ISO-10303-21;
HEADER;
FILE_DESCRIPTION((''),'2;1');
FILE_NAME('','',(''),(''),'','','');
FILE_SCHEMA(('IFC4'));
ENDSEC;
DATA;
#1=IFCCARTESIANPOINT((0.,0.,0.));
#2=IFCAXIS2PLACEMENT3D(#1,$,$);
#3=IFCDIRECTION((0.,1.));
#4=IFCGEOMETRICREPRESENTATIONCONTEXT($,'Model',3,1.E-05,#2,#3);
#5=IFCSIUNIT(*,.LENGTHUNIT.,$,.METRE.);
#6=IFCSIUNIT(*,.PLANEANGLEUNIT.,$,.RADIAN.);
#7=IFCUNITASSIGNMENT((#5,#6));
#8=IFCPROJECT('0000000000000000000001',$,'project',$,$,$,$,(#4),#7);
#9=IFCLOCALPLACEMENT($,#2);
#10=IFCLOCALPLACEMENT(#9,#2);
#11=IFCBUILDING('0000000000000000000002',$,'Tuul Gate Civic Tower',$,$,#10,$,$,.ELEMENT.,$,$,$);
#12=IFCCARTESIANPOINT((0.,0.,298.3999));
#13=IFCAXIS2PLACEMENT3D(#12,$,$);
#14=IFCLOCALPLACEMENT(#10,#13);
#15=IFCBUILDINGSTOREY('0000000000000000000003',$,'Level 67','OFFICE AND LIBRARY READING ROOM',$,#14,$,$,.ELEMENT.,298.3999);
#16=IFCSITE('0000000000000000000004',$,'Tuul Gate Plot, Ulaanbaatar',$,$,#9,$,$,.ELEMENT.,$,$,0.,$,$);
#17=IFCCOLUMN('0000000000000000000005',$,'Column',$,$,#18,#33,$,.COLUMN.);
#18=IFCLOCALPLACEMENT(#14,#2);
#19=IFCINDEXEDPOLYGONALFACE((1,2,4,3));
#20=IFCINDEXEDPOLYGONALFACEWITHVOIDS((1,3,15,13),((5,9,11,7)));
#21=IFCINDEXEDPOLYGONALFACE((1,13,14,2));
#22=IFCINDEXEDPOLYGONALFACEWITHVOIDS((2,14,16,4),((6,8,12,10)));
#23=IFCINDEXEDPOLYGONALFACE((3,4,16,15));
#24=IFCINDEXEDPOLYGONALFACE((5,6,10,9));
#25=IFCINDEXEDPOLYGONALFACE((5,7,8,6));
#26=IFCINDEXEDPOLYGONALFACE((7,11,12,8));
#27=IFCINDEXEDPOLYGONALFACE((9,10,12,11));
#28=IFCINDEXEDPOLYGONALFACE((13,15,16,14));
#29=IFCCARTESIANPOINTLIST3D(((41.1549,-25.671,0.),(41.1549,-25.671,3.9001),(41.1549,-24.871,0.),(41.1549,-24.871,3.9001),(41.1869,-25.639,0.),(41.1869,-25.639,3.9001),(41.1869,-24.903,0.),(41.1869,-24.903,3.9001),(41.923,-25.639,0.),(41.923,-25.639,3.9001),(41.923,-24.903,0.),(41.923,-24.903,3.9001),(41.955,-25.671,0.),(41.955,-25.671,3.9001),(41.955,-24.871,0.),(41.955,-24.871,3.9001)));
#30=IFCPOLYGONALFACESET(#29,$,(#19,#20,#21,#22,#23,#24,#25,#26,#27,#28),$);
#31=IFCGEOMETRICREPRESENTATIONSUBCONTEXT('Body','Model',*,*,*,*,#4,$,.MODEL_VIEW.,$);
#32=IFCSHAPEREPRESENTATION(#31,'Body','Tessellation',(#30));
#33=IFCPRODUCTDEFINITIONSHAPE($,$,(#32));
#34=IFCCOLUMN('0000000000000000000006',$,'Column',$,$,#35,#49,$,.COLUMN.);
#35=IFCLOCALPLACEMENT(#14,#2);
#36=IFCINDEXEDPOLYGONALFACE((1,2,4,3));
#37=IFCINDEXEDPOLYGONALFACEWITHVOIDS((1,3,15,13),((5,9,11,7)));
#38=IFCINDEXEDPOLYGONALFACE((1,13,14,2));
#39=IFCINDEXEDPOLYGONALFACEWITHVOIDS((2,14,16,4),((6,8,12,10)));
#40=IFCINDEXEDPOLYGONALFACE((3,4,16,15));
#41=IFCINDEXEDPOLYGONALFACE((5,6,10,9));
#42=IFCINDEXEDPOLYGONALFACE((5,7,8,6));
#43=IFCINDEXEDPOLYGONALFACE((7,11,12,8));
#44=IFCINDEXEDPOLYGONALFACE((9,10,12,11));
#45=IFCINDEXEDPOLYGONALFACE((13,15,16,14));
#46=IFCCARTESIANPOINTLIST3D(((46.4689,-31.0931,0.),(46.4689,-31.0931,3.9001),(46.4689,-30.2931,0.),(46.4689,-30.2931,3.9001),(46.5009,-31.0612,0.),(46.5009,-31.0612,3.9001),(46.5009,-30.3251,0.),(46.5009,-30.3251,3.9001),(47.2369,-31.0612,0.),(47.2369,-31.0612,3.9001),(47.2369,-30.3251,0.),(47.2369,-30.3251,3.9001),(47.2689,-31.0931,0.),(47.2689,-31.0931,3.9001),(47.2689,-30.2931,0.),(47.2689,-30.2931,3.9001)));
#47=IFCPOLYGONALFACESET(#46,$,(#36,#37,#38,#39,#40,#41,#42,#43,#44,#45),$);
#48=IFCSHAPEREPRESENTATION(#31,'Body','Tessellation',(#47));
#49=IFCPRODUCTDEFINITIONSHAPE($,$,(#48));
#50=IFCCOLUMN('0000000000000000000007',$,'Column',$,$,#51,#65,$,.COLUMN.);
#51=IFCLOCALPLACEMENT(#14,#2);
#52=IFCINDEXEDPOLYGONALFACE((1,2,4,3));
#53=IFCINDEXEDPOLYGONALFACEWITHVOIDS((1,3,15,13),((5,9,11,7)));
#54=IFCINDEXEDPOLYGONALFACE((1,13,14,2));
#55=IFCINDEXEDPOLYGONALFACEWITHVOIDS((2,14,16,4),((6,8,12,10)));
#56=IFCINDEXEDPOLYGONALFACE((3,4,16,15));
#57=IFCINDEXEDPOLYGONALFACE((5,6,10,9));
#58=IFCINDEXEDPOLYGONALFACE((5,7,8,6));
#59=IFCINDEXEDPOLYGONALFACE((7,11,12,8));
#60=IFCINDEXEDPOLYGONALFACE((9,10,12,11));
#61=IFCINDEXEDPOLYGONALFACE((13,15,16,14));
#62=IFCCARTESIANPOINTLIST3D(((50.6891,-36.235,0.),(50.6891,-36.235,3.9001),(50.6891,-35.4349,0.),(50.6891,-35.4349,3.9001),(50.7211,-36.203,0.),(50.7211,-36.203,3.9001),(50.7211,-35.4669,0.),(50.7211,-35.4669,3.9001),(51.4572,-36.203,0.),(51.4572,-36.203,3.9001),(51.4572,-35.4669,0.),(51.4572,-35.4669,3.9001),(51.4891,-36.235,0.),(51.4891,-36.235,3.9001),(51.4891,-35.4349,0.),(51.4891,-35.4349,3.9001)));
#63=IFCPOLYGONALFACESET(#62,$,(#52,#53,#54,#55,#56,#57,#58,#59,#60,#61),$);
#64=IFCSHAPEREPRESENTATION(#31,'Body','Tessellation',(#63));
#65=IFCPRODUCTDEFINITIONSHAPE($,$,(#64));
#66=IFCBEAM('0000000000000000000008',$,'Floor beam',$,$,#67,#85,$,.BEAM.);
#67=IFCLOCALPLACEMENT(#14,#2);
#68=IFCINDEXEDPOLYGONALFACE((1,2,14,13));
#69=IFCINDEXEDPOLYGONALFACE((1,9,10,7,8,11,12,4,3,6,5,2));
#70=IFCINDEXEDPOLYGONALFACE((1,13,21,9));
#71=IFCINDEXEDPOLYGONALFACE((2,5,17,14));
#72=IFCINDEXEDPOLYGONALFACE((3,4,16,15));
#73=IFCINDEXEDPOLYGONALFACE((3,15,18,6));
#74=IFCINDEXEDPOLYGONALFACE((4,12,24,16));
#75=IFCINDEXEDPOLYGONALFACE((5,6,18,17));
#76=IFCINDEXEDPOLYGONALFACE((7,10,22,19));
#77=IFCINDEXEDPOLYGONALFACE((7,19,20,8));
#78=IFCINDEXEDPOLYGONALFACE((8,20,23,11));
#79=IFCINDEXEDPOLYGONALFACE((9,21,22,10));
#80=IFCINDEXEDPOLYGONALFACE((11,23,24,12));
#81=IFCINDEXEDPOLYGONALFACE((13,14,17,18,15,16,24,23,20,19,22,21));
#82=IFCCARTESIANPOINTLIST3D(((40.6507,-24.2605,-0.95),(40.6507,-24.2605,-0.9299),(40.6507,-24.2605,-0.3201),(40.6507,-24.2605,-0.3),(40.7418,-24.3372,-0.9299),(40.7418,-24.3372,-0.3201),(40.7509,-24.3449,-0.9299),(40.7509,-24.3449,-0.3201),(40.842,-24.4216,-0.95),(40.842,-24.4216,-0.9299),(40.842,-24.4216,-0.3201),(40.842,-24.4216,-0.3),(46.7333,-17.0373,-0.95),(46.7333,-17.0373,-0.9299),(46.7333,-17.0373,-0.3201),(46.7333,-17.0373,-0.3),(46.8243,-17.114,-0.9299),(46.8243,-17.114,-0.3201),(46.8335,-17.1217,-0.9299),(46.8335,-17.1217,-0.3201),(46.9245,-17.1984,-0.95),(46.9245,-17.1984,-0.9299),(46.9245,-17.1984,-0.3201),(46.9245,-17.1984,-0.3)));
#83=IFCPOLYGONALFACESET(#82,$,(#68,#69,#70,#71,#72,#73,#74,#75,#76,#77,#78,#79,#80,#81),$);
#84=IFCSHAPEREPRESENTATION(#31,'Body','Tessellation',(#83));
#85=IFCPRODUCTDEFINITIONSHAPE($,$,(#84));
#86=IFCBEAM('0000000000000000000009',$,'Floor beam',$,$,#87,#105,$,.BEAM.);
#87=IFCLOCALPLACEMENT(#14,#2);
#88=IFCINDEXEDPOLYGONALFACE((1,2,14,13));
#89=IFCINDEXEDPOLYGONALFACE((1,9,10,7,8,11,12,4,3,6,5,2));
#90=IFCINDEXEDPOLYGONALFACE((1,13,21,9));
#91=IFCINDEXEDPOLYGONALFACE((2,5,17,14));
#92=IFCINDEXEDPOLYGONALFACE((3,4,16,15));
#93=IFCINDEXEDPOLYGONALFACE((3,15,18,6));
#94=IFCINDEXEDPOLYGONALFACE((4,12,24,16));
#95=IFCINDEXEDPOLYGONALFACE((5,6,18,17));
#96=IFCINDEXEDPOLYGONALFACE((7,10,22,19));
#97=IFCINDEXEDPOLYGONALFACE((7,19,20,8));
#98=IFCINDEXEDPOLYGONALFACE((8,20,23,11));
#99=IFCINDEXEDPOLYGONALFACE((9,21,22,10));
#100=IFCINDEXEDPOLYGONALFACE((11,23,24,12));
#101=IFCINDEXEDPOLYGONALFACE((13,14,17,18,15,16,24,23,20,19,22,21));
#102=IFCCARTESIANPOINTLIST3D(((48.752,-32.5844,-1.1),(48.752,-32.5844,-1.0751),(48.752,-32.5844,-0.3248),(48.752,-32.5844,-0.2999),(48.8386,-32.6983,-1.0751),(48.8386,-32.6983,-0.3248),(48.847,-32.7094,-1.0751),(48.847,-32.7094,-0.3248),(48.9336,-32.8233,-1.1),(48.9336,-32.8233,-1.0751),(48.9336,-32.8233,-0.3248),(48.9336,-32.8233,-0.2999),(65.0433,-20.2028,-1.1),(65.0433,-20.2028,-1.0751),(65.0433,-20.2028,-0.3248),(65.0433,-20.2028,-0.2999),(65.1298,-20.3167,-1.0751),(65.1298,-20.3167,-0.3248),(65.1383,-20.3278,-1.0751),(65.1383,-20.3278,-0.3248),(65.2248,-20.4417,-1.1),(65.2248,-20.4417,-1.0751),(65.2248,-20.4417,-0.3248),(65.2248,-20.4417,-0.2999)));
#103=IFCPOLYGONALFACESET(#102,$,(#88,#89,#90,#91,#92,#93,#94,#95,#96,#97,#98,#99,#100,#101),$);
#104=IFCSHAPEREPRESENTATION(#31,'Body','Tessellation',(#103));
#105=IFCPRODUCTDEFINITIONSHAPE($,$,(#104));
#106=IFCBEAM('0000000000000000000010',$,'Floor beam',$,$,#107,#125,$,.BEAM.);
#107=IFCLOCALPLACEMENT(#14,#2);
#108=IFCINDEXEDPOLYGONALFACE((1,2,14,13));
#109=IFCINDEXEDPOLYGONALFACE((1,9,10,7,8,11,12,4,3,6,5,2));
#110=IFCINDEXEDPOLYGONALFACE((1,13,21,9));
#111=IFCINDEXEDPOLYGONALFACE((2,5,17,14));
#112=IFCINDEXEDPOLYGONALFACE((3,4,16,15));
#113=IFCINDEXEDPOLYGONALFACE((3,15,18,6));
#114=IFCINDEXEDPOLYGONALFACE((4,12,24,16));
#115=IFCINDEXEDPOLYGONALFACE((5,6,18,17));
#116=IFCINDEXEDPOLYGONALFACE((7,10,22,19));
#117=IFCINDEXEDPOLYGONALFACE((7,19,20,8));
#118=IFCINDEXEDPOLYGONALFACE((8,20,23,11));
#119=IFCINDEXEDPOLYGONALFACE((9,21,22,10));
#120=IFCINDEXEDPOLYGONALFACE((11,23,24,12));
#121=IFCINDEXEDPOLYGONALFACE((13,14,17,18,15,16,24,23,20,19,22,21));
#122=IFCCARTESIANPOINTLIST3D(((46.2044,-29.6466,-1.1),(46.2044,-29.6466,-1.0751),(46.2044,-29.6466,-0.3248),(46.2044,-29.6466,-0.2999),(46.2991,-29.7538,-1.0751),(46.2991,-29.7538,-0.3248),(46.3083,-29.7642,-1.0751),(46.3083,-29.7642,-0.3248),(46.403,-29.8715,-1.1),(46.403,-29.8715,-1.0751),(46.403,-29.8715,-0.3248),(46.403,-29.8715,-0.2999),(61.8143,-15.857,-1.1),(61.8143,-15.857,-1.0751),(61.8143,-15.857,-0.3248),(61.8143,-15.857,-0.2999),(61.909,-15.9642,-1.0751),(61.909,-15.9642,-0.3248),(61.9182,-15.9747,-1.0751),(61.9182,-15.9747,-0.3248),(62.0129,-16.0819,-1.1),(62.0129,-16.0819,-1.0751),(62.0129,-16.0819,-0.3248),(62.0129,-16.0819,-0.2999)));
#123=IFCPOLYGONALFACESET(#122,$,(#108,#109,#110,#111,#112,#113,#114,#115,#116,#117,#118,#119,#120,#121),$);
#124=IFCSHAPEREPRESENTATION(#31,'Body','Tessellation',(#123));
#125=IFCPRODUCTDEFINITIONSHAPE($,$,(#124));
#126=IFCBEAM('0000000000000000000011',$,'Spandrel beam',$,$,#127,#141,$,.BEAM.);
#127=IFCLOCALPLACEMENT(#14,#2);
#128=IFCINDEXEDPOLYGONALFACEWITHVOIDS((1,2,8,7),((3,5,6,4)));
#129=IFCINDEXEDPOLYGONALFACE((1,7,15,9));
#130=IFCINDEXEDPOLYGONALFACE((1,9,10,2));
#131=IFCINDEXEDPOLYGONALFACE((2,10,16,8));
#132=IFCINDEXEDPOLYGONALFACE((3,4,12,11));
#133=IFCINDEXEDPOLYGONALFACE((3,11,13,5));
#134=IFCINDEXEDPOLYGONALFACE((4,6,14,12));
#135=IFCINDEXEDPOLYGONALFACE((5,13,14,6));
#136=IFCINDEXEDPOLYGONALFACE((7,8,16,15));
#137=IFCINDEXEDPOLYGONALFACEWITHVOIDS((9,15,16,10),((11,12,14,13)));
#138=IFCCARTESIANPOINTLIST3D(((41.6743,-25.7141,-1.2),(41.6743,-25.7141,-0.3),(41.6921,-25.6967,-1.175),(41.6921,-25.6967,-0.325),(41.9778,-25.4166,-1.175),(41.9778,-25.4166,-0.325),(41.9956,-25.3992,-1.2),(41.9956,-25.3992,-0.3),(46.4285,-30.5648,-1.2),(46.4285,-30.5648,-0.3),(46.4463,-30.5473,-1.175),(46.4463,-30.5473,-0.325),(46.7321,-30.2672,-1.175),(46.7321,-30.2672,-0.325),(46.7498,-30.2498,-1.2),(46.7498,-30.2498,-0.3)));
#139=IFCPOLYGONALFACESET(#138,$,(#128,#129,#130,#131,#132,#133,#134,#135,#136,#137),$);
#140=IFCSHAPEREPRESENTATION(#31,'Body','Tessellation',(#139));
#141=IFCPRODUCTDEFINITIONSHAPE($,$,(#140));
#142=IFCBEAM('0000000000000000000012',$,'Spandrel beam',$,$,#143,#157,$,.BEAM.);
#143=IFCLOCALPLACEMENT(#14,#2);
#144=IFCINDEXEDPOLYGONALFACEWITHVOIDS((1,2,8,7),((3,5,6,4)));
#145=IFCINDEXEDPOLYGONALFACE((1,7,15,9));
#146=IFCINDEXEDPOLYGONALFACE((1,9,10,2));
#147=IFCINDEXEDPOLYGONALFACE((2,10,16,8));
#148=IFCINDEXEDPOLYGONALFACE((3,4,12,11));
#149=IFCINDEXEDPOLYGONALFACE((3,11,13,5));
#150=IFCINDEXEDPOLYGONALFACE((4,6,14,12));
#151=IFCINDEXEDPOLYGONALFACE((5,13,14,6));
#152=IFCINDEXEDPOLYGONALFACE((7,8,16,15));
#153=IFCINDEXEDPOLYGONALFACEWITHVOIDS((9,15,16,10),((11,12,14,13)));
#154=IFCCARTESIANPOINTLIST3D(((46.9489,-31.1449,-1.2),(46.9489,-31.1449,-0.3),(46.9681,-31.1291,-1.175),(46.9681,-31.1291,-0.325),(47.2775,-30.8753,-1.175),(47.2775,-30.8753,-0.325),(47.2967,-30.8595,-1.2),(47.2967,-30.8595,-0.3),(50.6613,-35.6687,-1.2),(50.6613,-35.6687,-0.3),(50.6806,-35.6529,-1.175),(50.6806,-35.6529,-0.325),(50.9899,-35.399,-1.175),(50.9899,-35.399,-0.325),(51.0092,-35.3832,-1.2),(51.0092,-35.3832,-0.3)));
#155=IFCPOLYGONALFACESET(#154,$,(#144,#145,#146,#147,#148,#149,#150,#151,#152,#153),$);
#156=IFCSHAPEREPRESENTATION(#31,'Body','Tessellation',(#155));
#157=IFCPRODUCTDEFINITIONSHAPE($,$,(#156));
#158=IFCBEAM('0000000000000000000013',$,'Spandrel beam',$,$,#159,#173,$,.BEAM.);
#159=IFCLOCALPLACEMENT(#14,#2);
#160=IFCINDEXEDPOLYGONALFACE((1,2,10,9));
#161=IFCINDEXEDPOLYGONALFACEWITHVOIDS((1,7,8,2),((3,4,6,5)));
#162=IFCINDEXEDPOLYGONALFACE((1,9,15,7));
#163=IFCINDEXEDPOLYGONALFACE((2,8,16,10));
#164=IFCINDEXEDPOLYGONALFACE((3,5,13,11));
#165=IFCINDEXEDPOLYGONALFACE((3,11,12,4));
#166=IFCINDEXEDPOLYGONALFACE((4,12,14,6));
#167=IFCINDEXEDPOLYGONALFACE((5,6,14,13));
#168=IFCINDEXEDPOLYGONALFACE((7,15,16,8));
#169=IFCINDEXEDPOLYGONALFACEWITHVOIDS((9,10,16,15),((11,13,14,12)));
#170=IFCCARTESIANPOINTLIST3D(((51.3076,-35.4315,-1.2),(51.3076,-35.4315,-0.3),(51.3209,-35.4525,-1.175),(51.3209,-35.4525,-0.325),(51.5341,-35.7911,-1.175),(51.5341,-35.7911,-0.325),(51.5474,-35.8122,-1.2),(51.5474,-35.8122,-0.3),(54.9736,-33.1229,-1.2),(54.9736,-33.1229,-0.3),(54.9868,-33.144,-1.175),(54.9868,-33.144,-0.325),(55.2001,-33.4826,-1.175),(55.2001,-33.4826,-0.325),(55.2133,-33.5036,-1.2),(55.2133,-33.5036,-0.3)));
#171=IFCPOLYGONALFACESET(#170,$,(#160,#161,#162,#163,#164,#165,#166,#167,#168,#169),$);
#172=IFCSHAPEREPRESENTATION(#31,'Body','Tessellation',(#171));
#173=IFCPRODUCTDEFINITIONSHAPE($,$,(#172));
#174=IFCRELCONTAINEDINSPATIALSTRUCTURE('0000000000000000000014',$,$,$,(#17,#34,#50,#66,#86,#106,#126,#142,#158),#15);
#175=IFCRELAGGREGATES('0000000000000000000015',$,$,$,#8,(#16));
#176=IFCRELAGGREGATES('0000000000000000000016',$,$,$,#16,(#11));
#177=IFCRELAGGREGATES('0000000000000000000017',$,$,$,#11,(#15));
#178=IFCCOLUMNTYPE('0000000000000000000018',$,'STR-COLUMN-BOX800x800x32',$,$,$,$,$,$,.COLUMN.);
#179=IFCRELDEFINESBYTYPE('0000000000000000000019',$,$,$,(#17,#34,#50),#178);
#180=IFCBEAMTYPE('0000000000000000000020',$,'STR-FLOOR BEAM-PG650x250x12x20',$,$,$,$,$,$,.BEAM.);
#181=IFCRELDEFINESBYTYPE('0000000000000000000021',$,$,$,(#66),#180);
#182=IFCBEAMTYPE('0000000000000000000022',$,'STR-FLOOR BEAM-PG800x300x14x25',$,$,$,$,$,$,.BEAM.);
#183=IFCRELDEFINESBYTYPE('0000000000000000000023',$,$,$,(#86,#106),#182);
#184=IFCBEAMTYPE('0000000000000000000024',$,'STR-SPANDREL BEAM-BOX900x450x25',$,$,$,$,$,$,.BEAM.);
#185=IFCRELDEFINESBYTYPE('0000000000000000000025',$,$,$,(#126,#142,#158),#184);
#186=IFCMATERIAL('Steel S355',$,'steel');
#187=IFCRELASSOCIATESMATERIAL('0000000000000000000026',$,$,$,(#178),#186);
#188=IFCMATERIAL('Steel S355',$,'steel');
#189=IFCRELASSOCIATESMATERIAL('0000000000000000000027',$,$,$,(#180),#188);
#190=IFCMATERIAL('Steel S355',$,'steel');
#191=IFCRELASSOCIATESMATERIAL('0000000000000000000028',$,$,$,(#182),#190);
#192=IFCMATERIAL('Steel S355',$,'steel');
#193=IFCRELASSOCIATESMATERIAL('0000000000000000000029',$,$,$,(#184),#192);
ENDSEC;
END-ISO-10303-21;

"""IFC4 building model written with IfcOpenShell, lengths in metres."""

from ifc_helpers import new_model, si_unit, direction, frame, origin, origin_2d, place, context, subcontext, project, spatial, hollow_rectangle, i_section, extrude, material, material_profile, profile_set, type_object, element, save


model = new_model("IFC4")

# Units and contexts
model_context = context("Model", 3, precision=1e-05, world=origin(), true_north=direction((0.0, 1.0)))
body_context = subcontext(model_context, "Body", "Model", "MODEL_VIEW")
ifc_project = project(units=[si_unit("LENGTHUNIT", "METRE"), si_unit("PLANEANGLEUNIT", "RADIAN")], contexts=[model_context])

# Site, building, storey
site_placement = place(None, origin())
site = spatial("IfcSite", under=ifc_project, at=site_placement, Name="Tuul Gate Plot, Ulaanbaatar", CompositionType="ELEMENT", RefElevation=0.0)
building_placement = place(site_placement, origin())
building = spatial("IfcBuilding", under=site, at=building_placement, Name="Tuul Gate Civic Tower", CompositionType="ELEMENT")
storey_placement = place(building_placement, frame((0.0, 0.0, 298.3999)))
storey = spatial("IfcBuildingStorey", under=building, at=storey_placement, Name="Level 67", Description="OFFICE AND LIBRARY READING ROOM", CompositionType="ELEMENT", Elevation=298.3999)

# Columns
ifc_material_1 = material(Name="Steel S355", Category="steel")
ifc_material_profile_1 = material_profile(ifc_material_1, hollow_rectangle(XDim=0.8, YDim=0.8, WallThickness=0.032, at=origin_2d()), Name="BOX800x800x32")
ifc_profile_set_1 = profile_set([ifc_material_profile_1], Name="Steel S355")
column_type = type_object("IfcColumnType", Name="STR-COLUMN-BOX800x800x32", PredefinedType="COLUMN", material=ifc_profile_set_1)
for number, where, z_axis, x_axis, name in (
    (1, (41.5549, -25.271, 0.0), (0.0, 0.0, 1.0), (1.0, 0.0, 0.0), "Column"),
    (2, (46.8689, -30.6931, 0.0), (0.0, 0.0, 1.0), (1.0, 0.0, 0.0), "Column"),
    (3, (51.0891, -35.835, 0.0), (0.0, 0.0, 1.0), (1.0, 0.0, 0.0), "Column"),
):
    element("IfcColumn", number, at=place(storey_placement, frame(where, z_axis=z_axis, x_axis=x_axis)), inside=storey, type_object=column_type, Name=name, PredefinedType="COLUMN", context=body_context, shape_type="SweptSolid", body=[
        extrude(hollow_rectangle(XDim=0.8, YDim=0.8, WallThickness=0.032, at=origin_2d()), origin(), (0.0, 0.0, 1.0), 3.9001),
    ])

# Beams
ifc_material_2 = material(Name="Steel S355", Category="steel")
ifc_material_profile_2 = material_profile(ifc_material_2, i_section(OverallWidth=0.25, OverallDepth=0.6499, WebThickness=0.012, FlangeThickness=0.02, at=origin_2d()), Name="PG650x250x12x20")
ifc_profile_set_2 = profile_set([ifc_material_profile_2], Name="Steel S355")
beam_type_1 = type_object("IfcBeamType", Name="STR-FLOOR BEAM-PG650x250x12x20", PredefinedType="BEAM", material=ifc_profile_set_2)
beam_1_placement = place(storey_placement, frame((40.7463, -24.3411, -0.625), z_axis=(0.644128, 0.764918, 0.0), x_axis=(-0.764918, 0.644128, 0.0)))
element("IfcBeam", 4, at=beam_1_placement, inside=storey, type_object=beam_type_1, Name="Floor beam", PredefinedType="BEAM", context=body_context, shape_type="SweptSolid", body=[
    extrude(i_section(OverallWidth=0.25, OverallDepth=0.6499, WebThickness=0.012, FlangeThickness=0.02, at=origin_2d()), origin(), (0.0, 0.0, 1.0), 9.4431),
])
ifc_material_3 = material(Name="Steel S355", Category="steel")
ifc_material_profile_3 = material_profile(ifc_material_3, i_section(OverallWidth=0.3, OverallDepth=0.8, WebThickness=0.0139, FlangeThickness=0.0249, at=origin_2d()), Name="PG800x300x14x25")
ifc_profile_set_3 = profile_set([ifc_material_profile_3], Name="Steel S355")
beam_type_2 = type_object("IfcBeamType", Name="STR-FLOOR BEAM-PG800x300x14x25", PredefinedType="BEAM", material=ifc_profile_set_3)
beam_2_placement = place(storey_placement, frame((48.8428, -32.7039, -0.7), z_axis=(0.796157, 0.605091, 0.0), x_axis=(-0.605091, 0.796157, 0.0)))
element("IfcBeam", 5, at=beam_2_placement, inside=storey, type_object=beam_type_2, Name="Floor beam", PredefinedType="BEAM", context=body_context, shape_type="SweptSolid", body=[
    extrude(i_section(OverallWidth=0.3, OverallDepth=0.8, WebThickness=0.0139, FlangeThickness=0.0249, at=origin_2d()), origin(), (0.0, 0.0, 1.0), 20.4624),
])
beam_3_placement = place(storey_placement, frame((46.3037, -29.759, -0.7), z_axis=(0.749453, 0.662057, 0.0), x_axis=(-0.662057, 0.749453, 0.0)))
element("IfcBeam", 6, at=beam_3_placement, inside=storey, type_object=beam_type_2, Name="Floor beam", PredefinedType="BEAM", context=body_context, shape_type="SweptSolid", body=[
    extrude(i_section(OverallWidth=0.3, OverallDepth=0.8, WebThickness=0.0139, FlangeThickness=0.0249, at=origin_2d()), origin(), (0.0, 0.0, 1.0), 20.8284),
])
ifc_material_4 = material(Name="Steel S355", Category="steel")
ifc_material_profile_4 = material_profile(ifc_material_4, hollow_rectangle(XDim=0.45, YDim=0.8999, WallThickness=0.0249, at=origin_2d()), Name="BOX900x450x25")
ifc_profile_set_4 = profile_set([ifc_material_profile_4], Name="Steel S355")
beam_type_3 = type_object("IfcBeamType", Name="STR-SPANDREL BEAM-BOX900x450x25", PredefinedType="BEAM", material=ifc_profile_set_4)
beam_4_placement = place(storey_placement, frame((41.835, -25.5566, -0.75), z_axis=(0.699972, -0.71417, 0.0), x_axis=(0.71417, 0.699972, 0.0)))
element("IfcBeam", 7, at=beam_4_placement, inside=storey, type_object=beam_type_3, Name="Spandrel beam", PredefinedType="BEAM", context=body_context, shape_type="SweptSolid", body=[
    extrude(hollow_rectangle(XDim=0.45, YDim=0.8999, WallThickness=0.0249, at=origin_2d()), origin(), (0.0, 0.0, 1.0), 6.792),
])
beam_5_placement = place(storey_placement, frame((47.1228, -31.0022, -0.75), z_axis=(0.634384, -0.773018, 0.0), x_axis=(0.773018, 0.634384, 0.0)))
element("IfcBeam", 8, at=beam_5_placement, inside=storey, type_object=beam_type_3, Name="Spandrel beam", PredefinedType="BEAM", context=body_context, shape_type="SweptSolid", body=[
    extrude(hollow_rectangle(XDim=0.45, YDim=0.8999, WallThickness=0.0249, at=origin_2d()), origin(), (0.0, 0.0, 1.0), 5.8521),
])
beam_6_placement = place(storey_placement, frame((51.4275, -35.6218, -0.75), z_axis=(0.846195, 0.532873, 0.0), x_axis=(-0.532873, 0.846195, 0.0)))
element("IfcBeam", 9, at=beam_6_placement, inside=storey, type_object=beam_type_3, Name="Spandrel beam", PredefinedType="BEAM", context=body_context, shape_type="SweptSolid", body=[
    extrude(hollow_rectangle(XDim=0.45, YDim=0.8999, WallThickness=0.0249, at=origin_2d()), origin(), (0.0, 0.0, 1.0), 4.3323),
])

save(model, "model.ifc")
